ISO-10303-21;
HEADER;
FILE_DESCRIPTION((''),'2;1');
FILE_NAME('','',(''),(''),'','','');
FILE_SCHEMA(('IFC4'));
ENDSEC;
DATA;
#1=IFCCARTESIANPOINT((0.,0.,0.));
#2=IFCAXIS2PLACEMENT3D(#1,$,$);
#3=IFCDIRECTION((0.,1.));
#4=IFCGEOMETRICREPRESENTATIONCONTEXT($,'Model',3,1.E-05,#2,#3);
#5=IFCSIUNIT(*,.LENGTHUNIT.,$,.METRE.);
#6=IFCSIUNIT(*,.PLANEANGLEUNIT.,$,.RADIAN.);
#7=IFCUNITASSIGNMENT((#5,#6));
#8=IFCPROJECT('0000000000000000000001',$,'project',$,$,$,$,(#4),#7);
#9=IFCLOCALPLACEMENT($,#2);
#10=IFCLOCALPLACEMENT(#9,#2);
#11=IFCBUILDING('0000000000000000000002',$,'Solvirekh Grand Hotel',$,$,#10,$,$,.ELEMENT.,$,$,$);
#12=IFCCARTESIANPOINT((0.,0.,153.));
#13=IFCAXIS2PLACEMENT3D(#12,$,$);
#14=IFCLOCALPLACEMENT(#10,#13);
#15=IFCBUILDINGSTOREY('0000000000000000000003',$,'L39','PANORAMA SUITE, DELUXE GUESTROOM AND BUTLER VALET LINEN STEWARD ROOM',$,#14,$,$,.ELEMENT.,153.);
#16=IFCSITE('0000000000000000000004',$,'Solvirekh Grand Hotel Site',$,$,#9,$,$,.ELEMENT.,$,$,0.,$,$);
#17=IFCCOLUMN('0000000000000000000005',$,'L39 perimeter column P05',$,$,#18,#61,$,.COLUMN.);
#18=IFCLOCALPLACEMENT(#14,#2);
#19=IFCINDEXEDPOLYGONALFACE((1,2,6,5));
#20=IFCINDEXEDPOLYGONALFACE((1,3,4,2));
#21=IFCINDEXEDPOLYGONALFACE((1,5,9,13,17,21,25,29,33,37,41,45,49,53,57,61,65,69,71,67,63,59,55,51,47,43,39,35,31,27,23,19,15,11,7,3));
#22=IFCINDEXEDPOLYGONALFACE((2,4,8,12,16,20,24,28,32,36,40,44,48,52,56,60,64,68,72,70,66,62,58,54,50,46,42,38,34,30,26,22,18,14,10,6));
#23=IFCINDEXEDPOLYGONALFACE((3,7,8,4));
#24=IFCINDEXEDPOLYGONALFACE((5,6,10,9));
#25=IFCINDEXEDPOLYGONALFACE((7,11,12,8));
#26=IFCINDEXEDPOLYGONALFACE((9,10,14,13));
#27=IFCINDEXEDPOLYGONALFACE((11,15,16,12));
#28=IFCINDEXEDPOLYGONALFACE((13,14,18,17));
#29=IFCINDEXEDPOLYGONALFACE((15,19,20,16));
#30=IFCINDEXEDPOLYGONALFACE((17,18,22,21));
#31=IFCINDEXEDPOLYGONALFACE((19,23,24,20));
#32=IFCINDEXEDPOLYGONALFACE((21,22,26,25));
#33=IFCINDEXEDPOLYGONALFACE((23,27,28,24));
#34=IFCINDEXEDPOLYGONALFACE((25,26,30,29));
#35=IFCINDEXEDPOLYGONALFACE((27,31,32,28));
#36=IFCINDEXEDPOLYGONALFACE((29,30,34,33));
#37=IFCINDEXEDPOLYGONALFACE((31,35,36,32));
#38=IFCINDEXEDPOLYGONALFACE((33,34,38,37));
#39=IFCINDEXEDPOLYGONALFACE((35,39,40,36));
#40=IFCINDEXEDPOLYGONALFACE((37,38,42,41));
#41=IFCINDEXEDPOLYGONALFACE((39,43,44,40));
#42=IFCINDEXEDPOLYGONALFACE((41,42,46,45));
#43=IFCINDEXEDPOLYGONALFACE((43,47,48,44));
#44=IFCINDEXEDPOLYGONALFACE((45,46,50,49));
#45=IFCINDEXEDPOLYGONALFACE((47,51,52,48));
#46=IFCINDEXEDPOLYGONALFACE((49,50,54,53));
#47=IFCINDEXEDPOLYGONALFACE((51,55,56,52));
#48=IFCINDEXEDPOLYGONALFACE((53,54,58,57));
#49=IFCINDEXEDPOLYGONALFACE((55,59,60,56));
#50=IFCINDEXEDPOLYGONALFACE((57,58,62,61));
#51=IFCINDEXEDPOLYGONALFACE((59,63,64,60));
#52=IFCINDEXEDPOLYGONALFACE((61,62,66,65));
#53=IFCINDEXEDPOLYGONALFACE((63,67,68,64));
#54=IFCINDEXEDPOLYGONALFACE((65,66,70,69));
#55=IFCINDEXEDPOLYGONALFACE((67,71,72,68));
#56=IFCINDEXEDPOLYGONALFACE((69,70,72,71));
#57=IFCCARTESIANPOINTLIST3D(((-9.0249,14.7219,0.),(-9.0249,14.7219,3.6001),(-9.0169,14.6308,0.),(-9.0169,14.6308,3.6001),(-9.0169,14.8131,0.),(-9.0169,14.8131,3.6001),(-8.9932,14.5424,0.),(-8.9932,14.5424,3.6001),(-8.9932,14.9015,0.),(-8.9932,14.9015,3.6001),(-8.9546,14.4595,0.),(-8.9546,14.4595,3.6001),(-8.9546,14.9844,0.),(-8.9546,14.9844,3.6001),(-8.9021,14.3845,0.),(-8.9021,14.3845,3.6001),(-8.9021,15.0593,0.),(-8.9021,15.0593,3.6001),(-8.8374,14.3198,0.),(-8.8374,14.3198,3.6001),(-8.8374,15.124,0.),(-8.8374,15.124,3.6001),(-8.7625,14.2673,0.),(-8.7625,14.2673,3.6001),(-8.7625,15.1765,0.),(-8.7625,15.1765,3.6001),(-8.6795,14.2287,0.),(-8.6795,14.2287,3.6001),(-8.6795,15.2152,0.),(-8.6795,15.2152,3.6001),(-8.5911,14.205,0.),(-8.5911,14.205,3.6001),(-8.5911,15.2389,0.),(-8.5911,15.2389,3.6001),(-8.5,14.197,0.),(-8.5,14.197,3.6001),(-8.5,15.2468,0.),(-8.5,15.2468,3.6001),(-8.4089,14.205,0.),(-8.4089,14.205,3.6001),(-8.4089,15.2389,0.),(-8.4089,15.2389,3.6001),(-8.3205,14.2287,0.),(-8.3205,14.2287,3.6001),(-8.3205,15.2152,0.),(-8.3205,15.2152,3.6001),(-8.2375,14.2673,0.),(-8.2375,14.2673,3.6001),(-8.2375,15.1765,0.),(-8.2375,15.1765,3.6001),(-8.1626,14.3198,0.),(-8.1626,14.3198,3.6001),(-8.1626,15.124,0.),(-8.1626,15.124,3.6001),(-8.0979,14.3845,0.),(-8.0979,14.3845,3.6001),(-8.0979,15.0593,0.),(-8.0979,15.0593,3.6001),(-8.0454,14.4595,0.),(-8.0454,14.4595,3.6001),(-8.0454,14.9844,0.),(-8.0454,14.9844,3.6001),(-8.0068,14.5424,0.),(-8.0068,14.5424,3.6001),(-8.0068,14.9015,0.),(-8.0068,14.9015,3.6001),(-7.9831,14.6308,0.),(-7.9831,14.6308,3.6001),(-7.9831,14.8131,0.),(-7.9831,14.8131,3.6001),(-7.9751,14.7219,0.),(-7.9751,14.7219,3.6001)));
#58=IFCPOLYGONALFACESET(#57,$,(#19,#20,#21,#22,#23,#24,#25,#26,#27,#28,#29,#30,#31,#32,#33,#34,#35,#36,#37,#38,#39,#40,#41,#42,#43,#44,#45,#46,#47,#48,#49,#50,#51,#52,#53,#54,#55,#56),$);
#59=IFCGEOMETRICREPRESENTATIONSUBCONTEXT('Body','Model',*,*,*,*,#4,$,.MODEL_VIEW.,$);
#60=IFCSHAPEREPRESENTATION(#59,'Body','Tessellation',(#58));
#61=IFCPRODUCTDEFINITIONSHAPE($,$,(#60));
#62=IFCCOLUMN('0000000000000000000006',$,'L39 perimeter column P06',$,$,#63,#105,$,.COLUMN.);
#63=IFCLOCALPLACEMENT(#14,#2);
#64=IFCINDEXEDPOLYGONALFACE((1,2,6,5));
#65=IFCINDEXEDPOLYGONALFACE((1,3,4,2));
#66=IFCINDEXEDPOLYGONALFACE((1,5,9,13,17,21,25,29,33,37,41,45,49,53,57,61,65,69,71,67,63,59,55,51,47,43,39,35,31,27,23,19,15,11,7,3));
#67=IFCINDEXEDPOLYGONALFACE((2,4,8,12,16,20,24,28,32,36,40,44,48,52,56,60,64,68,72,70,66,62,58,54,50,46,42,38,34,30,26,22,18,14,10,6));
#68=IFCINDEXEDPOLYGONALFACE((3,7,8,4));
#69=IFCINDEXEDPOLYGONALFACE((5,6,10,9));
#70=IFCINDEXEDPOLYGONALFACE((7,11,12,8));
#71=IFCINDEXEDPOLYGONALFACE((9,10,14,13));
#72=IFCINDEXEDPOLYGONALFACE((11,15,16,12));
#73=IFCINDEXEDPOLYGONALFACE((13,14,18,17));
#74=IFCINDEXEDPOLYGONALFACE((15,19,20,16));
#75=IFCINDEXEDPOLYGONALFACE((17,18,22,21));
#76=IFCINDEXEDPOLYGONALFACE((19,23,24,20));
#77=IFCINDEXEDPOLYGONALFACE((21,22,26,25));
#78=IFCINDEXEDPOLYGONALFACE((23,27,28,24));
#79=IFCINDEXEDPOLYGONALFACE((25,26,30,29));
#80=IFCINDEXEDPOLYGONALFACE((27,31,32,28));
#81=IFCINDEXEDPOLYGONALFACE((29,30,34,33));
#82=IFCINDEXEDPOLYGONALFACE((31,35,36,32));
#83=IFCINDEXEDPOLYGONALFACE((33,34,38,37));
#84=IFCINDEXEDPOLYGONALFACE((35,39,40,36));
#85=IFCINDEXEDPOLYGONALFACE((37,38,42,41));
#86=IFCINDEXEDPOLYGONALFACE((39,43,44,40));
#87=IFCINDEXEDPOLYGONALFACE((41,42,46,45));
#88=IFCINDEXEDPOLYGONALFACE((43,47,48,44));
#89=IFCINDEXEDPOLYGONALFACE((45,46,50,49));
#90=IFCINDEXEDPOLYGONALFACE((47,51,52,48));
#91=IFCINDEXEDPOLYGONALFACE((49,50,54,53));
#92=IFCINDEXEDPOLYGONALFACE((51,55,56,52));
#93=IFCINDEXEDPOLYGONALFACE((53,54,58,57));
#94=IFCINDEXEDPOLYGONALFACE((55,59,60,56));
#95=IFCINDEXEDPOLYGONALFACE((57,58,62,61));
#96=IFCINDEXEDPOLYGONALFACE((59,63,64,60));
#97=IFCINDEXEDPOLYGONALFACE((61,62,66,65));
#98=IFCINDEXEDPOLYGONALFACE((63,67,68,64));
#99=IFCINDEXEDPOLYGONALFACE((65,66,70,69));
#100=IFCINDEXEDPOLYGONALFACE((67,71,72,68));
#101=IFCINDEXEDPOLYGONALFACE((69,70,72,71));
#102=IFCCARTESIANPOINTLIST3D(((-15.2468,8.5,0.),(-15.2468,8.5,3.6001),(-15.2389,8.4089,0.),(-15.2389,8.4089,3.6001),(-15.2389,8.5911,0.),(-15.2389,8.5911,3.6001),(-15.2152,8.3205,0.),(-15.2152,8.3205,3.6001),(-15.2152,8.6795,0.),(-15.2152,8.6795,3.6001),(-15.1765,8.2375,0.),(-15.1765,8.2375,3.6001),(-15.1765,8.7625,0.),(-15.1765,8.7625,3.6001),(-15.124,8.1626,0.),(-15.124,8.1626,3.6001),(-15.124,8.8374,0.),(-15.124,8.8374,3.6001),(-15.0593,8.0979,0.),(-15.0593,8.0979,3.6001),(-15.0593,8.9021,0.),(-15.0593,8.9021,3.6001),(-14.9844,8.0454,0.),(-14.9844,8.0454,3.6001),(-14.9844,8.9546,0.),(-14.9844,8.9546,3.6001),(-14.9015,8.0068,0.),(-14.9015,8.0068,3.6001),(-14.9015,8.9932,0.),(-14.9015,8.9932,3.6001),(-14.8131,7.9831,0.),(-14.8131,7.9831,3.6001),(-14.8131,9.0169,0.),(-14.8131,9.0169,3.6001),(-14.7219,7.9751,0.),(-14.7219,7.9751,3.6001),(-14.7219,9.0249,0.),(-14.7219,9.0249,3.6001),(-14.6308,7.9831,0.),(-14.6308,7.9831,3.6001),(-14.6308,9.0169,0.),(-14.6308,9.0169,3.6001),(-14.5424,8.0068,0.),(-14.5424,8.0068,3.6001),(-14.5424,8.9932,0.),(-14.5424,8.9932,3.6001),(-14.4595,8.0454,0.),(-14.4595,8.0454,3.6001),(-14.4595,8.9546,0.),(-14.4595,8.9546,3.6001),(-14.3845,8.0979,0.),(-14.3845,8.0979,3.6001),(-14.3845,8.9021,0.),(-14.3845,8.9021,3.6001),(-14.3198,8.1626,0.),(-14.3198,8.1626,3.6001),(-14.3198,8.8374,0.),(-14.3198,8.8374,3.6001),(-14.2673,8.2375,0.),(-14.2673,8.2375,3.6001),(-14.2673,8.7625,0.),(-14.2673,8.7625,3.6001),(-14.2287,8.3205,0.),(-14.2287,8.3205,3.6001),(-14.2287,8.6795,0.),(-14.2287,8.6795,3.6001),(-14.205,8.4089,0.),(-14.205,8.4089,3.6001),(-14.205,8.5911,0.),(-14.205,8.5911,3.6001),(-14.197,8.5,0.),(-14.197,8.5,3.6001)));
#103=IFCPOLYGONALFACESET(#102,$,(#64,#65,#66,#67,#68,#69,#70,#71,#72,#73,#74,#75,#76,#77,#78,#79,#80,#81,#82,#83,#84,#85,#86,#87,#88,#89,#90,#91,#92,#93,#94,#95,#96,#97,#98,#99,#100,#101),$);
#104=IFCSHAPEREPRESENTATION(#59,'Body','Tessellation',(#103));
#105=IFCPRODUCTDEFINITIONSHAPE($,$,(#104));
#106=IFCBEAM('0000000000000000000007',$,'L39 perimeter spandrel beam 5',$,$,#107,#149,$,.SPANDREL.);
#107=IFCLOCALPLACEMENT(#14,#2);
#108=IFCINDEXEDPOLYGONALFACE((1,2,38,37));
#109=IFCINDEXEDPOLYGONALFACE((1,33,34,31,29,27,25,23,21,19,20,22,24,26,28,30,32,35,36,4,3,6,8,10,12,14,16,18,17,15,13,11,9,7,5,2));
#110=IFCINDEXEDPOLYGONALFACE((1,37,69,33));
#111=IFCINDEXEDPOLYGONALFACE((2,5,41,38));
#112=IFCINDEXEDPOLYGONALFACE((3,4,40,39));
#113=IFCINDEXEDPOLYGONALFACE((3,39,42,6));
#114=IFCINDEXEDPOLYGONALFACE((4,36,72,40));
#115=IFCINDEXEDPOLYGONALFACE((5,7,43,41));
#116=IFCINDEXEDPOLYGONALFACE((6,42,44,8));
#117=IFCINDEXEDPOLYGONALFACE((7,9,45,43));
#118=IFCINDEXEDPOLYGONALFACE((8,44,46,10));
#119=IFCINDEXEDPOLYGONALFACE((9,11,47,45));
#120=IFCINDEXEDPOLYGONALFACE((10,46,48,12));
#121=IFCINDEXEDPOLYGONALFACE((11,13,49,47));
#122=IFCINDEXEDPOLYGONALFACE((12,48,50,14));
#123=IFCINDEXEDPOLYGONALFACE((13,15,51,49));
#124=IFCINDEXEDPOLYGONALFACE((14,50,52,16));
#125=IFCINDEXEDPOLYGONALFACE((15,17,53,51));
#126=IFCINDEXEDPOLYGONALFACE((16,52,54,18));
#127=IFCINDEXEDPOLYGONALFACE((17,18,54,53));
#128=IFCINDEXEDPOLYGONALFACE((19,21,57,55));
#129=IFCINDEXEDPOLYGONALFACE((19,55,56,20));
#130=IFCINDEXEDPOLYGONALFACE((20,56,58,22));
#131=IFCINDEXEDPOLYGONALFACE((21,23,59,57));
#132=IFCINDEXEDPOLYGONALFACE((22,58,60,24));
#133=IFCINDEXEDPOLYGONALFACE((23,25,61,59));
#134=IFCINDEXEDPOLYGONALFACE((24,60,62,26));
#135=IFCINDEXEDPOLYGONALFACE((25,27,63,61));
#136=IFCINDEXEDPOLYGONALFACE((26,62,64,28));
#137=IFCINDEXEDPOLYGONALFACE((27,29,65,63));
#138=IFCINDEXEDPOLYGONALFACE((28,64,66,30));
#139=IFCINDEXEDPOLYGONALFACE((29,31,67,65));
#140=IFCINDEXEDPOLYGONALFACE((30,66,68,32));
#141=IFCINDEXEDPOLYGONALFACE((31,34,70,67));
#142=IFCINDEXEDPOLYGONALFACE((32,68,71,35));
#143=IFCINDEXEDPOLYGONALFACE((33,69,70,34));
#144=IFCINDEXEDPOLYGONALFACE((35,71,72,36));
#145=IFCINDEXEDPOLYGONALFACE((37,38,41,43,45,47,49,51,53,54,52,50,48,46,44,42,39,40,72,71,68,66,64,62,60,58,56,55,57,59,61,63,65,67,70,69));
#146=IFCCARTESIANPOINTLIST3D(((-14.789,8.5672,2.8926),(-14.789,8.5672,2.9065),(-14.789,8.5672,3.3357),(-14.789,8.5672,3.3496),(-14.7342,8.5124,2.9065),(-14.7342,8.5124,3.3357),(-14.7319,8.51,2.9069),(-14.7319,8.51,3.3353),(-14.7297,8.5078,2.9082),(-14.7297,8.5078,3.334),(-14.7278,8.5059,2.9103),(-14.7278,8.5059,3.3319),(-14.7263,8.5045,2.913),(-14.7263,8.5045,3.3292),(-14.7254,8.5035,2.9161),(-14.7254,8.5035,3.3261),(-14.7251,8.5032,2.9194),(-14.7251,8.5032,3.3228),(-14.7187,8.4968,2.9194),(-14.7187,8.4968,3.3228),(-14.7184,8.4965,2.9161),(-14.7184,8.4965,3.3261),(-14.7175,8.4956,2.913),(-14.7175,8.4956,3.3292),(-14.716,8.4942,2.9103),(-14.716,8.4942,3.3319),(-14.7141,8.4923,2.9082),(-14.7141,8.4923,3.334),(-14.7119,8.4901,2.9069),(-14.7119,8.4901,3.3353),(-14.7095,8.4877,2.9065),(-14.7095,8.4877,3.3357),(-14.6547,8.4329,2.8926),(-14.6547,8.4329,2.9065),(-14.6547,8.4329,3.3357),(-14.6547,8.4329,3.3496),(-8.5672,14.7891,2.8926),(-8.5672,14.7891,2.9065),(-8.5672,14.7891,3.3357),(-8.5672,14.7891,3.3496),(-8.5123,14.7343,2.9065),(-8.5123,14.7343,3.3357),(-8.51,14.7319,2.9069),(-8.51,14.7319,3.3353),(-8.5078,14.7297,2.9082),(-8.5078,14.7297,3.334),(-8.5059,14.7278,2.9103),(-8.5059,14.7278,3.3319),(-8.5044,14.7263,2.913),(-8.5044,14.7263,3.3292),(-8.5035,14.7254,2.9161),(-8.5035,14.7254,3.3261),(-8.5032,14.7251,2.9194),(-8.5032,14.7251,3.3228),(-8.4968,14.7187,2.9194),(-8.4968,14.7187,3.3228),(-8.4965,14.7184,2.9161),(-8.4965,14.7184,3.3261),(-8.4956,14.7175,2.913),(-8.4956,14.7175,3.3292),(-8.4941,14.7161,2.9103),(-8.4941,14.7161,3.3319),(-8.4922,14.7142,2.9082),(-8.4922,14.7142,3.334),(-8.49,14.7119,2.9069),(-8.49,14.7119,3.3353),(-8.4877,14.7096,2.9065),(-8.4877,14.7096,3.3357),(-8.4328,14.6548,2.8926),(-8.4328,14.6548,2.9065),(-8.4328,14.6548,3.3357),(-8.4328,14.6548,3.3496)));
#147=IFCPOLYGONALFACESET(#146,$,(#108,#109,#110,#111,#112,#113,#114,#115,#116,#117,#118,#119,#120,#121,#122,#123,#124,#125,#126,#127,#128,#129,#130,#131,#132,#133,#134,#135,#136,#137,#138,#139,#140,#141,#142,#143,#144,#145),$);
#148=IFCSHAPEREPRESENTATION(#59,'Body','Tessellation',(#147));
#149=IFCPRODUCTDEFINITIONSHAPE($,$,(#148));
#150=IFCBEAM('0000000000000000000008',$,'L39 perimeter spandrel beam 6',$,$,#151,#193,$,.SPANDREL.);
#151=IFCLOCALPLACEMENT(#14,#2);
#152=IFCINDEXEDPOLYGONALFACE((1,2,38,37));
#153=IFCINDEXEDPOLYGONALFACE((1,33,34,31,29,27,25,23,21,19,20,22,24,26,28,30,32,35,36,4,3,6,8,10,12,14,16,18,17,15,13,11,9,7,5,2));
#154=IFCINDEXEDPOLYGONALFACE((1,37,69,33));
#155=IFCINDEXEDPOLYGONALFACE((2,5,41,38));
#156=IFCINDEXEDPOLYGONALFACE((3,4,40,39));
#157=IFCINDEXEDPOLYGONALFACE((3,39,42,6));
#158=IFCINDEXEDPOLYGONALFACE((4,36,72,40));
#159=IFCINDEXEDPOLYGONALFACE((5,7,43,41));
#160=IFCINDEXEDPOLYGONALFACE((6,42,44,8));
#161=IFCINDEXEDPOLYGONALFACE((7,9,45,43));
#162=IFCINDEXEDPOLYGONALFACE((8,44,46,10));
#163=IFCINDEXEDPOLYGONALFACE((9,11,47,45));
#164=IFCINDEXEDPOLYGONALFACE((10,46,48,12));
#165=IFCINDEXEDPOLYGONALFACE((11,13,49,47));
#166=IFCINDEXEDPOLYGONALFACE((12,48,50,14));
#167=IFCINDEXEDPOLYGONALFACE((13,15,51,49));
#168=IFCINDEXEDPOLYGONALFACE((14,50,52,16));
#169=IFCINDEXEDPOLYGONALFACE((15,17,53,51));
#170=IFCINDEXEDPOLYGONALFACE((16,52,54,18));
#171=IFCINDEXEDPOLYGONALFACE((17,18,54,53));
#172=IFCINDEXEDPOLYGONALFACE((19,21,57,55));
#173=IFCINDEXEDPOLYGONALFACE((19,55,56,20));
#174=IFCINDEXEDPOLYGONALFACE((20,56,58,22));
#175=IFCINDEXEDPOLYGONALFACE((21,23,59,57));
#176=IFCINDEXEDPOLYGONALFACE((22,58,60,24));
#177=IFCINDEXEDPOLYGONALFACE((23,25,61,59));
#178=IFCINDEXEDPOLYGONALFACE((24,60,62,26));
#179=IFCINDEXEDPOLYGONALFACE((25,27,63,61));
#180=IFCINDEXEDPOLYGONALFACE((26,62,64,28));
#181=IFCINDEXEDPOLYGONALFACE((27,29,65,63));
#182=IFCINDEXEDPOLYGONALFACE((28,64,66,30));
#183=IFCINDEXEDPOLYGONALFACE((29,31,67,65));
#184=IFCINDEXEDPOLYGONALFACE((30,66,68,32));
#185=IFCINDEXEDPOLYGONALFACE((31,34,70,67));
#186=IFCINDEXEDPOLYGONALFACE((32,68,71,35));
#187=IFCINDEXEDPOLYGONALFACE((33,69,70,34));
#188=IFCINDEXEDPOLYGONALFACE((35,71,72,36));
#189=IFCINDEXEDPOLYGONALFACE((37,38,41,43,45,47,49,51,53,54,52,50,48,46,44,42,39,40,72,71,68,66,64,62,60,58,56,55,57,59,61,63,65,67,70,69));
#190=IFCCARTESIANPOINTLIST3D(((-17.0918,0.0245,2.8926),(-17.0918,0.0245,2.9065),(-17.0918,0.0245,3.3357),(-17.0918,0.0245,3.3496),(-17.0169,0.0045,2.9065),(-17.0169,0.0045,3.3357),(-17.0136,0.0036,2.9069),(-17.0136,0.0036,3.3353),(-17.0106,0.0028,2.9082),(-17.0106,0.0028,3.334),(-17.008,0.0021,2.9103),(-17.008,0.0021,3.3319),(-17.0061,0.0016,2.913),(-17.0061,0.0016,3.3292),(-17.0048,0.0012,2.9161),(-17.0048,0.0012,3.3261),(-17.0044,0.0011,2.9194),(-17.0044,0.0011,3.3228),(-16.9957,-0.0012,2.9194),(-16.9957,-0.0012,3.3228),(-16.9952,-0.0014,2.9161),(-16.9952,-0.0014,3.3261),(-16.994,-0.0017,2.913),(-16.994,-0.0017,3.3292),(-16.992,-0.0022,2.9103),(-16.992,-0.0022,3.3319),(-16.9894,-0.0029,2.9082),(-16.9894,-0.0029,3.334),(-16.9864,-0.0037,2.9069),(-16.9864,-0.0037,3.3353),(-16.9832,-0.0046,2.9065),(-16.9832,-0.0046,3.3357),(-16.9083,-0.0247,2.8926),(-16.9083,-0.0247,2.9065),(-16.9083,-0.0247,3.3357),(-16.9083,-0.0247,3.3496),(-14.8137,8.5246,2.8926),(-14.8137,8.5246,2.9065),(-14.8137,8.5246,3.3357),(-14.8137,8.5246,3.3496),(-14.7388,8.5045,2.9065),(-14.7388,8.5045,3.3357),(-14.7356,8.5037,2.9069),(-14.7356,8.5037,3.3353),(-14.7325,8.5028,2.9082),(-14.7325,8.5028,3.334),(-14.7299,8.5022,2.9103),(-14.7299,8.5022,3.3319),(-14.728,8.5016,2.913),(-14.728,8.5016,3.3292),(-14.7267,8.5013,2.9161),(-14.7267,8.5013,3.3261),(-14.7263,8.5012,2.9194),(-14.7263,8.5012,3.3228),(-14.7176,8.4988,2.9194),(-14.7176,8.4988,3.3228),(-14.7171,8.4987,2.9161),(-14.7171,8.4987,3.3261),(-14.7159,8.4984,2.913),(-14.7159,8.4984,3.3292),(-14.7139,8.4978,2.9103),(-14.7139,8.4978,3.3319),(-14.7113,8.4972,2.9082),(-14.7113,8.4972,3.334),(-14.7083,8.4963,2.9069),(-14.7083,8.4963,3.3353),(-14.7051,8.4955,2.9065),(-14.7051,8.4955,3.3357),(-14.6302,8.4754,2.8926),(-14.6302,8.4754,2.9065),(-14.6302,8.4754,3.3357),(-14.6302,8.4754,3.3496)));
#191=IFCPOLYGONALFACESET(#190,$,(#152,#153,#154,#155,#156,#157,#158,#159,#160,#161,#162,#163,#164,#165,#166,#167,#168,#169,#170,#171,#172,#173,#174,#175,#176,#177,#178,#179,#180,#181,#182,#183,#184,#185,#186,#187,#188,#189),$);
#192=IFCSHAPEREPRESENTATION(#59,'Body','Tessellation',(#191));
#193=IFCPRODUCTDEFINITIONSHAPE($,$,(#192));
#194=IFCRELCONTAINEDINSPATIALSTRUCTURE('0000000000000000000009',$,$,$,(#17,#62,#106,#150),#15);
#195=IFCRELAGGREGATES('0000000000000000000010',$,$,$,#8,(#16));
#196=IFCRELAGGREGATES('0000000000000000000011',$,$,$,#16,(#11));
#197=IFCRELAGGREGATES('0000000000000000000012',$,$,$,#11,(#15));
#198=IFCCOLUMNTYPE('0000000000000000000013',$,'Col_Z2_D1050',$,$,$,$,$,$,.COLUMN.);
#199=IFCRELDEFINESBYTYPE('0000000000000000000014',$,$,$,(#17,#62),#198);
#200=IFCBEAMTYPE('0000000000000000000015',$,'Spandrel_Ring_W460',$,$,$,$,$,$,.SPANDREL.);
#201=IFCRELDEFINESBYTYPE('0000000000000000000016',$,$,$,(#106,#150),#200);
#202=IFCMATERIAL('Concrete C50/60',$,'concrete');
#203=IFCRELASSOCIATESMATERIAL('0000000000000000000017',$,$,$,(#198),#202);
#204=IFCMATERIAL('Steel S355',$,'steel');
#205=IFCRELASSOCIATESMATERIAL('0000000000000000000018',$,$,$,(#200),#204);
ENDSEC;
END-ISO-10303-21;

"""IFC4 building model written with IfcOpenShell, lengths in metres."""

from ifc_helpers import new_model, si_unit, direction, frame, origin, origin_2d, place, context, subcontext, project, spatial, circle, i_section, extrude, material, material_profile, profile_set, type_object, element, save


model = new_model("IFC4")

# Units and contexts
model_context = context("Model", 3, precision=1e-05, world=origin(), true_north=direction((0.0, 1.0)))
body_context = subcontext(model_context, "Body", "Model", "MODEL_VIEW")
ifc_project = project(units=[si_unit("LENGTHUNIT", "METRE"), si_unit("PLANEANGLEUNIT", "RADIAN")], contexts=[model_context])

# Site, building, storey
site_placement = place(None, origin())
site = spatial("IfcSite", under=ifc_project, at=site_placement, Name="Solvirekh Grand Hotel Site", CompositionType="ELEMENT", RefElevation=0.0)
building_placement = place(site_placement, origin())
building = spatial("IfcBuilding", under=site, at=building_placement, Name="Solvirekh Grand Hotel", CompositionType="ELEMENT")
storey_placement = place(building_placement, frame((0.0, 0.0, 153.0)))
storey = spatial("IfcBuildingStorey", under=building, at=storey_placement, Name="L39", Description="PANORAMA SUITE, DELUXE GUESTROOM AND BUTLER VALET LINEN STEWARD ROOM", CompositionType="ELEMENT", Elevation=153.0)

# Columns
ifc_material_1 = material(Name="Concrete C50/60", Category="concrete")
ifc_material_profile_1 = material_profile(ifc_material_1, circle(Radius=0.5249, at=origin_2d()), Name="RC CIRC D1050")
ifc_profile_set_1 = profile_set([ifc_material_profile_1], Name="Concrete C50/60")
column_type = type_object("IfcColumnType", Name="Col_Z2_D1050", PredefinedType="COLUMN", material=ifc_profile_set_1)
for number, where, z_axis, x_axis, name in (
    (1, (-8.5, 14.7219, 0.0), (0.0, 0.0, 1.0), (1.0, 0.0, 0.0), "L39 perimeter column P05"),
    (2, (-14.7219, 8.5, 0.0), (0.0, 0.0, 1.0), (1.0, 0.0, 0.0), "L39 perimeter column P06"),
):
    element("IfcColumn", number, at=place(storey_placement, frame(where, z_axis=z_axis, x_axis=x_axis)), inside=storey, type_object=column_type, Name=name, PredefinedType="COLUMN", context=body_context, shape_type="SweptSolid", body=[
        extrude(circle(Radius=0.5249, at=origin_2d()), origin(), (0.0, 0.0, 1.0), 3.6001),
    ])

# Beams
ifc_material_2 = material(Name="Steel S355", Category="steel")
ifc_material_profile_2 = material_profile(ifc_material_2, i_section(OverallWidth=0.1899, OverallDepth=0.457, WebThickness=0.009, FlangeThickness=0.0139, FilletRadius=0.0129, at=origin_2d()), Name="W460X74")
ifc_profile_set_2 = profile_set([ifc_material_profile_2], Name="Steel S355")
beam_type = type_object("IfcBeamType", Name="Spandrel_Ring_W460", PredefinedType="SPANDREL", material=ifc_profile_set_2)
beam_1_placement = place(storey_placement, frame((-8.5, 14.7219, 3.1211), z_axis=(-0.707107, -0.707107, 0.0), x_axis=(0.707107, -0.707107, 0.0)))
element("IfcBeam", 3, at=beam_1_placement, inside=storey, type_object=beam_type, Name="L39 perimeter spandrel beam 5", PredefinedType="SPANDREL", context=body_context, shape_type="SweptSolid", body=[
    extrude(i_section(OverallWidth=0.1899, OverallDepth=0.457, WebThickness=0.009, FlangeThickness=0.0139, FilletRadius=0.0129, at=origin_2d()), origin(), (0.0, 0.0, 1.0), 8.7991),
])
beam_2_placement = place(storey_placement, frame((-14.7219, 8.5, 3.1211), z_axis=(-0.258873, -0.965911, 0.0), x_axis=(0.965911, -0.258873, 0.0)))
element("IfcBeam", 4, at=beam_2_placement, inside=storey, type_object=beam_type, Name="L39 perimeter spandrel beam 6", PredefinedType="SPANDREL", context=body_context, shape_type="SweptSolid", body=[
    extrude(i_section(OverallWidth=0.1899, OverallDepth=0.457, WebThickness=0.009, FlangeThickness=0.0139, FilletRadius=0.0129, at=origin_2d()), origin(), (0.0, 0.0, 1.0), 8.8),
])

save(model, "model.ifc")
